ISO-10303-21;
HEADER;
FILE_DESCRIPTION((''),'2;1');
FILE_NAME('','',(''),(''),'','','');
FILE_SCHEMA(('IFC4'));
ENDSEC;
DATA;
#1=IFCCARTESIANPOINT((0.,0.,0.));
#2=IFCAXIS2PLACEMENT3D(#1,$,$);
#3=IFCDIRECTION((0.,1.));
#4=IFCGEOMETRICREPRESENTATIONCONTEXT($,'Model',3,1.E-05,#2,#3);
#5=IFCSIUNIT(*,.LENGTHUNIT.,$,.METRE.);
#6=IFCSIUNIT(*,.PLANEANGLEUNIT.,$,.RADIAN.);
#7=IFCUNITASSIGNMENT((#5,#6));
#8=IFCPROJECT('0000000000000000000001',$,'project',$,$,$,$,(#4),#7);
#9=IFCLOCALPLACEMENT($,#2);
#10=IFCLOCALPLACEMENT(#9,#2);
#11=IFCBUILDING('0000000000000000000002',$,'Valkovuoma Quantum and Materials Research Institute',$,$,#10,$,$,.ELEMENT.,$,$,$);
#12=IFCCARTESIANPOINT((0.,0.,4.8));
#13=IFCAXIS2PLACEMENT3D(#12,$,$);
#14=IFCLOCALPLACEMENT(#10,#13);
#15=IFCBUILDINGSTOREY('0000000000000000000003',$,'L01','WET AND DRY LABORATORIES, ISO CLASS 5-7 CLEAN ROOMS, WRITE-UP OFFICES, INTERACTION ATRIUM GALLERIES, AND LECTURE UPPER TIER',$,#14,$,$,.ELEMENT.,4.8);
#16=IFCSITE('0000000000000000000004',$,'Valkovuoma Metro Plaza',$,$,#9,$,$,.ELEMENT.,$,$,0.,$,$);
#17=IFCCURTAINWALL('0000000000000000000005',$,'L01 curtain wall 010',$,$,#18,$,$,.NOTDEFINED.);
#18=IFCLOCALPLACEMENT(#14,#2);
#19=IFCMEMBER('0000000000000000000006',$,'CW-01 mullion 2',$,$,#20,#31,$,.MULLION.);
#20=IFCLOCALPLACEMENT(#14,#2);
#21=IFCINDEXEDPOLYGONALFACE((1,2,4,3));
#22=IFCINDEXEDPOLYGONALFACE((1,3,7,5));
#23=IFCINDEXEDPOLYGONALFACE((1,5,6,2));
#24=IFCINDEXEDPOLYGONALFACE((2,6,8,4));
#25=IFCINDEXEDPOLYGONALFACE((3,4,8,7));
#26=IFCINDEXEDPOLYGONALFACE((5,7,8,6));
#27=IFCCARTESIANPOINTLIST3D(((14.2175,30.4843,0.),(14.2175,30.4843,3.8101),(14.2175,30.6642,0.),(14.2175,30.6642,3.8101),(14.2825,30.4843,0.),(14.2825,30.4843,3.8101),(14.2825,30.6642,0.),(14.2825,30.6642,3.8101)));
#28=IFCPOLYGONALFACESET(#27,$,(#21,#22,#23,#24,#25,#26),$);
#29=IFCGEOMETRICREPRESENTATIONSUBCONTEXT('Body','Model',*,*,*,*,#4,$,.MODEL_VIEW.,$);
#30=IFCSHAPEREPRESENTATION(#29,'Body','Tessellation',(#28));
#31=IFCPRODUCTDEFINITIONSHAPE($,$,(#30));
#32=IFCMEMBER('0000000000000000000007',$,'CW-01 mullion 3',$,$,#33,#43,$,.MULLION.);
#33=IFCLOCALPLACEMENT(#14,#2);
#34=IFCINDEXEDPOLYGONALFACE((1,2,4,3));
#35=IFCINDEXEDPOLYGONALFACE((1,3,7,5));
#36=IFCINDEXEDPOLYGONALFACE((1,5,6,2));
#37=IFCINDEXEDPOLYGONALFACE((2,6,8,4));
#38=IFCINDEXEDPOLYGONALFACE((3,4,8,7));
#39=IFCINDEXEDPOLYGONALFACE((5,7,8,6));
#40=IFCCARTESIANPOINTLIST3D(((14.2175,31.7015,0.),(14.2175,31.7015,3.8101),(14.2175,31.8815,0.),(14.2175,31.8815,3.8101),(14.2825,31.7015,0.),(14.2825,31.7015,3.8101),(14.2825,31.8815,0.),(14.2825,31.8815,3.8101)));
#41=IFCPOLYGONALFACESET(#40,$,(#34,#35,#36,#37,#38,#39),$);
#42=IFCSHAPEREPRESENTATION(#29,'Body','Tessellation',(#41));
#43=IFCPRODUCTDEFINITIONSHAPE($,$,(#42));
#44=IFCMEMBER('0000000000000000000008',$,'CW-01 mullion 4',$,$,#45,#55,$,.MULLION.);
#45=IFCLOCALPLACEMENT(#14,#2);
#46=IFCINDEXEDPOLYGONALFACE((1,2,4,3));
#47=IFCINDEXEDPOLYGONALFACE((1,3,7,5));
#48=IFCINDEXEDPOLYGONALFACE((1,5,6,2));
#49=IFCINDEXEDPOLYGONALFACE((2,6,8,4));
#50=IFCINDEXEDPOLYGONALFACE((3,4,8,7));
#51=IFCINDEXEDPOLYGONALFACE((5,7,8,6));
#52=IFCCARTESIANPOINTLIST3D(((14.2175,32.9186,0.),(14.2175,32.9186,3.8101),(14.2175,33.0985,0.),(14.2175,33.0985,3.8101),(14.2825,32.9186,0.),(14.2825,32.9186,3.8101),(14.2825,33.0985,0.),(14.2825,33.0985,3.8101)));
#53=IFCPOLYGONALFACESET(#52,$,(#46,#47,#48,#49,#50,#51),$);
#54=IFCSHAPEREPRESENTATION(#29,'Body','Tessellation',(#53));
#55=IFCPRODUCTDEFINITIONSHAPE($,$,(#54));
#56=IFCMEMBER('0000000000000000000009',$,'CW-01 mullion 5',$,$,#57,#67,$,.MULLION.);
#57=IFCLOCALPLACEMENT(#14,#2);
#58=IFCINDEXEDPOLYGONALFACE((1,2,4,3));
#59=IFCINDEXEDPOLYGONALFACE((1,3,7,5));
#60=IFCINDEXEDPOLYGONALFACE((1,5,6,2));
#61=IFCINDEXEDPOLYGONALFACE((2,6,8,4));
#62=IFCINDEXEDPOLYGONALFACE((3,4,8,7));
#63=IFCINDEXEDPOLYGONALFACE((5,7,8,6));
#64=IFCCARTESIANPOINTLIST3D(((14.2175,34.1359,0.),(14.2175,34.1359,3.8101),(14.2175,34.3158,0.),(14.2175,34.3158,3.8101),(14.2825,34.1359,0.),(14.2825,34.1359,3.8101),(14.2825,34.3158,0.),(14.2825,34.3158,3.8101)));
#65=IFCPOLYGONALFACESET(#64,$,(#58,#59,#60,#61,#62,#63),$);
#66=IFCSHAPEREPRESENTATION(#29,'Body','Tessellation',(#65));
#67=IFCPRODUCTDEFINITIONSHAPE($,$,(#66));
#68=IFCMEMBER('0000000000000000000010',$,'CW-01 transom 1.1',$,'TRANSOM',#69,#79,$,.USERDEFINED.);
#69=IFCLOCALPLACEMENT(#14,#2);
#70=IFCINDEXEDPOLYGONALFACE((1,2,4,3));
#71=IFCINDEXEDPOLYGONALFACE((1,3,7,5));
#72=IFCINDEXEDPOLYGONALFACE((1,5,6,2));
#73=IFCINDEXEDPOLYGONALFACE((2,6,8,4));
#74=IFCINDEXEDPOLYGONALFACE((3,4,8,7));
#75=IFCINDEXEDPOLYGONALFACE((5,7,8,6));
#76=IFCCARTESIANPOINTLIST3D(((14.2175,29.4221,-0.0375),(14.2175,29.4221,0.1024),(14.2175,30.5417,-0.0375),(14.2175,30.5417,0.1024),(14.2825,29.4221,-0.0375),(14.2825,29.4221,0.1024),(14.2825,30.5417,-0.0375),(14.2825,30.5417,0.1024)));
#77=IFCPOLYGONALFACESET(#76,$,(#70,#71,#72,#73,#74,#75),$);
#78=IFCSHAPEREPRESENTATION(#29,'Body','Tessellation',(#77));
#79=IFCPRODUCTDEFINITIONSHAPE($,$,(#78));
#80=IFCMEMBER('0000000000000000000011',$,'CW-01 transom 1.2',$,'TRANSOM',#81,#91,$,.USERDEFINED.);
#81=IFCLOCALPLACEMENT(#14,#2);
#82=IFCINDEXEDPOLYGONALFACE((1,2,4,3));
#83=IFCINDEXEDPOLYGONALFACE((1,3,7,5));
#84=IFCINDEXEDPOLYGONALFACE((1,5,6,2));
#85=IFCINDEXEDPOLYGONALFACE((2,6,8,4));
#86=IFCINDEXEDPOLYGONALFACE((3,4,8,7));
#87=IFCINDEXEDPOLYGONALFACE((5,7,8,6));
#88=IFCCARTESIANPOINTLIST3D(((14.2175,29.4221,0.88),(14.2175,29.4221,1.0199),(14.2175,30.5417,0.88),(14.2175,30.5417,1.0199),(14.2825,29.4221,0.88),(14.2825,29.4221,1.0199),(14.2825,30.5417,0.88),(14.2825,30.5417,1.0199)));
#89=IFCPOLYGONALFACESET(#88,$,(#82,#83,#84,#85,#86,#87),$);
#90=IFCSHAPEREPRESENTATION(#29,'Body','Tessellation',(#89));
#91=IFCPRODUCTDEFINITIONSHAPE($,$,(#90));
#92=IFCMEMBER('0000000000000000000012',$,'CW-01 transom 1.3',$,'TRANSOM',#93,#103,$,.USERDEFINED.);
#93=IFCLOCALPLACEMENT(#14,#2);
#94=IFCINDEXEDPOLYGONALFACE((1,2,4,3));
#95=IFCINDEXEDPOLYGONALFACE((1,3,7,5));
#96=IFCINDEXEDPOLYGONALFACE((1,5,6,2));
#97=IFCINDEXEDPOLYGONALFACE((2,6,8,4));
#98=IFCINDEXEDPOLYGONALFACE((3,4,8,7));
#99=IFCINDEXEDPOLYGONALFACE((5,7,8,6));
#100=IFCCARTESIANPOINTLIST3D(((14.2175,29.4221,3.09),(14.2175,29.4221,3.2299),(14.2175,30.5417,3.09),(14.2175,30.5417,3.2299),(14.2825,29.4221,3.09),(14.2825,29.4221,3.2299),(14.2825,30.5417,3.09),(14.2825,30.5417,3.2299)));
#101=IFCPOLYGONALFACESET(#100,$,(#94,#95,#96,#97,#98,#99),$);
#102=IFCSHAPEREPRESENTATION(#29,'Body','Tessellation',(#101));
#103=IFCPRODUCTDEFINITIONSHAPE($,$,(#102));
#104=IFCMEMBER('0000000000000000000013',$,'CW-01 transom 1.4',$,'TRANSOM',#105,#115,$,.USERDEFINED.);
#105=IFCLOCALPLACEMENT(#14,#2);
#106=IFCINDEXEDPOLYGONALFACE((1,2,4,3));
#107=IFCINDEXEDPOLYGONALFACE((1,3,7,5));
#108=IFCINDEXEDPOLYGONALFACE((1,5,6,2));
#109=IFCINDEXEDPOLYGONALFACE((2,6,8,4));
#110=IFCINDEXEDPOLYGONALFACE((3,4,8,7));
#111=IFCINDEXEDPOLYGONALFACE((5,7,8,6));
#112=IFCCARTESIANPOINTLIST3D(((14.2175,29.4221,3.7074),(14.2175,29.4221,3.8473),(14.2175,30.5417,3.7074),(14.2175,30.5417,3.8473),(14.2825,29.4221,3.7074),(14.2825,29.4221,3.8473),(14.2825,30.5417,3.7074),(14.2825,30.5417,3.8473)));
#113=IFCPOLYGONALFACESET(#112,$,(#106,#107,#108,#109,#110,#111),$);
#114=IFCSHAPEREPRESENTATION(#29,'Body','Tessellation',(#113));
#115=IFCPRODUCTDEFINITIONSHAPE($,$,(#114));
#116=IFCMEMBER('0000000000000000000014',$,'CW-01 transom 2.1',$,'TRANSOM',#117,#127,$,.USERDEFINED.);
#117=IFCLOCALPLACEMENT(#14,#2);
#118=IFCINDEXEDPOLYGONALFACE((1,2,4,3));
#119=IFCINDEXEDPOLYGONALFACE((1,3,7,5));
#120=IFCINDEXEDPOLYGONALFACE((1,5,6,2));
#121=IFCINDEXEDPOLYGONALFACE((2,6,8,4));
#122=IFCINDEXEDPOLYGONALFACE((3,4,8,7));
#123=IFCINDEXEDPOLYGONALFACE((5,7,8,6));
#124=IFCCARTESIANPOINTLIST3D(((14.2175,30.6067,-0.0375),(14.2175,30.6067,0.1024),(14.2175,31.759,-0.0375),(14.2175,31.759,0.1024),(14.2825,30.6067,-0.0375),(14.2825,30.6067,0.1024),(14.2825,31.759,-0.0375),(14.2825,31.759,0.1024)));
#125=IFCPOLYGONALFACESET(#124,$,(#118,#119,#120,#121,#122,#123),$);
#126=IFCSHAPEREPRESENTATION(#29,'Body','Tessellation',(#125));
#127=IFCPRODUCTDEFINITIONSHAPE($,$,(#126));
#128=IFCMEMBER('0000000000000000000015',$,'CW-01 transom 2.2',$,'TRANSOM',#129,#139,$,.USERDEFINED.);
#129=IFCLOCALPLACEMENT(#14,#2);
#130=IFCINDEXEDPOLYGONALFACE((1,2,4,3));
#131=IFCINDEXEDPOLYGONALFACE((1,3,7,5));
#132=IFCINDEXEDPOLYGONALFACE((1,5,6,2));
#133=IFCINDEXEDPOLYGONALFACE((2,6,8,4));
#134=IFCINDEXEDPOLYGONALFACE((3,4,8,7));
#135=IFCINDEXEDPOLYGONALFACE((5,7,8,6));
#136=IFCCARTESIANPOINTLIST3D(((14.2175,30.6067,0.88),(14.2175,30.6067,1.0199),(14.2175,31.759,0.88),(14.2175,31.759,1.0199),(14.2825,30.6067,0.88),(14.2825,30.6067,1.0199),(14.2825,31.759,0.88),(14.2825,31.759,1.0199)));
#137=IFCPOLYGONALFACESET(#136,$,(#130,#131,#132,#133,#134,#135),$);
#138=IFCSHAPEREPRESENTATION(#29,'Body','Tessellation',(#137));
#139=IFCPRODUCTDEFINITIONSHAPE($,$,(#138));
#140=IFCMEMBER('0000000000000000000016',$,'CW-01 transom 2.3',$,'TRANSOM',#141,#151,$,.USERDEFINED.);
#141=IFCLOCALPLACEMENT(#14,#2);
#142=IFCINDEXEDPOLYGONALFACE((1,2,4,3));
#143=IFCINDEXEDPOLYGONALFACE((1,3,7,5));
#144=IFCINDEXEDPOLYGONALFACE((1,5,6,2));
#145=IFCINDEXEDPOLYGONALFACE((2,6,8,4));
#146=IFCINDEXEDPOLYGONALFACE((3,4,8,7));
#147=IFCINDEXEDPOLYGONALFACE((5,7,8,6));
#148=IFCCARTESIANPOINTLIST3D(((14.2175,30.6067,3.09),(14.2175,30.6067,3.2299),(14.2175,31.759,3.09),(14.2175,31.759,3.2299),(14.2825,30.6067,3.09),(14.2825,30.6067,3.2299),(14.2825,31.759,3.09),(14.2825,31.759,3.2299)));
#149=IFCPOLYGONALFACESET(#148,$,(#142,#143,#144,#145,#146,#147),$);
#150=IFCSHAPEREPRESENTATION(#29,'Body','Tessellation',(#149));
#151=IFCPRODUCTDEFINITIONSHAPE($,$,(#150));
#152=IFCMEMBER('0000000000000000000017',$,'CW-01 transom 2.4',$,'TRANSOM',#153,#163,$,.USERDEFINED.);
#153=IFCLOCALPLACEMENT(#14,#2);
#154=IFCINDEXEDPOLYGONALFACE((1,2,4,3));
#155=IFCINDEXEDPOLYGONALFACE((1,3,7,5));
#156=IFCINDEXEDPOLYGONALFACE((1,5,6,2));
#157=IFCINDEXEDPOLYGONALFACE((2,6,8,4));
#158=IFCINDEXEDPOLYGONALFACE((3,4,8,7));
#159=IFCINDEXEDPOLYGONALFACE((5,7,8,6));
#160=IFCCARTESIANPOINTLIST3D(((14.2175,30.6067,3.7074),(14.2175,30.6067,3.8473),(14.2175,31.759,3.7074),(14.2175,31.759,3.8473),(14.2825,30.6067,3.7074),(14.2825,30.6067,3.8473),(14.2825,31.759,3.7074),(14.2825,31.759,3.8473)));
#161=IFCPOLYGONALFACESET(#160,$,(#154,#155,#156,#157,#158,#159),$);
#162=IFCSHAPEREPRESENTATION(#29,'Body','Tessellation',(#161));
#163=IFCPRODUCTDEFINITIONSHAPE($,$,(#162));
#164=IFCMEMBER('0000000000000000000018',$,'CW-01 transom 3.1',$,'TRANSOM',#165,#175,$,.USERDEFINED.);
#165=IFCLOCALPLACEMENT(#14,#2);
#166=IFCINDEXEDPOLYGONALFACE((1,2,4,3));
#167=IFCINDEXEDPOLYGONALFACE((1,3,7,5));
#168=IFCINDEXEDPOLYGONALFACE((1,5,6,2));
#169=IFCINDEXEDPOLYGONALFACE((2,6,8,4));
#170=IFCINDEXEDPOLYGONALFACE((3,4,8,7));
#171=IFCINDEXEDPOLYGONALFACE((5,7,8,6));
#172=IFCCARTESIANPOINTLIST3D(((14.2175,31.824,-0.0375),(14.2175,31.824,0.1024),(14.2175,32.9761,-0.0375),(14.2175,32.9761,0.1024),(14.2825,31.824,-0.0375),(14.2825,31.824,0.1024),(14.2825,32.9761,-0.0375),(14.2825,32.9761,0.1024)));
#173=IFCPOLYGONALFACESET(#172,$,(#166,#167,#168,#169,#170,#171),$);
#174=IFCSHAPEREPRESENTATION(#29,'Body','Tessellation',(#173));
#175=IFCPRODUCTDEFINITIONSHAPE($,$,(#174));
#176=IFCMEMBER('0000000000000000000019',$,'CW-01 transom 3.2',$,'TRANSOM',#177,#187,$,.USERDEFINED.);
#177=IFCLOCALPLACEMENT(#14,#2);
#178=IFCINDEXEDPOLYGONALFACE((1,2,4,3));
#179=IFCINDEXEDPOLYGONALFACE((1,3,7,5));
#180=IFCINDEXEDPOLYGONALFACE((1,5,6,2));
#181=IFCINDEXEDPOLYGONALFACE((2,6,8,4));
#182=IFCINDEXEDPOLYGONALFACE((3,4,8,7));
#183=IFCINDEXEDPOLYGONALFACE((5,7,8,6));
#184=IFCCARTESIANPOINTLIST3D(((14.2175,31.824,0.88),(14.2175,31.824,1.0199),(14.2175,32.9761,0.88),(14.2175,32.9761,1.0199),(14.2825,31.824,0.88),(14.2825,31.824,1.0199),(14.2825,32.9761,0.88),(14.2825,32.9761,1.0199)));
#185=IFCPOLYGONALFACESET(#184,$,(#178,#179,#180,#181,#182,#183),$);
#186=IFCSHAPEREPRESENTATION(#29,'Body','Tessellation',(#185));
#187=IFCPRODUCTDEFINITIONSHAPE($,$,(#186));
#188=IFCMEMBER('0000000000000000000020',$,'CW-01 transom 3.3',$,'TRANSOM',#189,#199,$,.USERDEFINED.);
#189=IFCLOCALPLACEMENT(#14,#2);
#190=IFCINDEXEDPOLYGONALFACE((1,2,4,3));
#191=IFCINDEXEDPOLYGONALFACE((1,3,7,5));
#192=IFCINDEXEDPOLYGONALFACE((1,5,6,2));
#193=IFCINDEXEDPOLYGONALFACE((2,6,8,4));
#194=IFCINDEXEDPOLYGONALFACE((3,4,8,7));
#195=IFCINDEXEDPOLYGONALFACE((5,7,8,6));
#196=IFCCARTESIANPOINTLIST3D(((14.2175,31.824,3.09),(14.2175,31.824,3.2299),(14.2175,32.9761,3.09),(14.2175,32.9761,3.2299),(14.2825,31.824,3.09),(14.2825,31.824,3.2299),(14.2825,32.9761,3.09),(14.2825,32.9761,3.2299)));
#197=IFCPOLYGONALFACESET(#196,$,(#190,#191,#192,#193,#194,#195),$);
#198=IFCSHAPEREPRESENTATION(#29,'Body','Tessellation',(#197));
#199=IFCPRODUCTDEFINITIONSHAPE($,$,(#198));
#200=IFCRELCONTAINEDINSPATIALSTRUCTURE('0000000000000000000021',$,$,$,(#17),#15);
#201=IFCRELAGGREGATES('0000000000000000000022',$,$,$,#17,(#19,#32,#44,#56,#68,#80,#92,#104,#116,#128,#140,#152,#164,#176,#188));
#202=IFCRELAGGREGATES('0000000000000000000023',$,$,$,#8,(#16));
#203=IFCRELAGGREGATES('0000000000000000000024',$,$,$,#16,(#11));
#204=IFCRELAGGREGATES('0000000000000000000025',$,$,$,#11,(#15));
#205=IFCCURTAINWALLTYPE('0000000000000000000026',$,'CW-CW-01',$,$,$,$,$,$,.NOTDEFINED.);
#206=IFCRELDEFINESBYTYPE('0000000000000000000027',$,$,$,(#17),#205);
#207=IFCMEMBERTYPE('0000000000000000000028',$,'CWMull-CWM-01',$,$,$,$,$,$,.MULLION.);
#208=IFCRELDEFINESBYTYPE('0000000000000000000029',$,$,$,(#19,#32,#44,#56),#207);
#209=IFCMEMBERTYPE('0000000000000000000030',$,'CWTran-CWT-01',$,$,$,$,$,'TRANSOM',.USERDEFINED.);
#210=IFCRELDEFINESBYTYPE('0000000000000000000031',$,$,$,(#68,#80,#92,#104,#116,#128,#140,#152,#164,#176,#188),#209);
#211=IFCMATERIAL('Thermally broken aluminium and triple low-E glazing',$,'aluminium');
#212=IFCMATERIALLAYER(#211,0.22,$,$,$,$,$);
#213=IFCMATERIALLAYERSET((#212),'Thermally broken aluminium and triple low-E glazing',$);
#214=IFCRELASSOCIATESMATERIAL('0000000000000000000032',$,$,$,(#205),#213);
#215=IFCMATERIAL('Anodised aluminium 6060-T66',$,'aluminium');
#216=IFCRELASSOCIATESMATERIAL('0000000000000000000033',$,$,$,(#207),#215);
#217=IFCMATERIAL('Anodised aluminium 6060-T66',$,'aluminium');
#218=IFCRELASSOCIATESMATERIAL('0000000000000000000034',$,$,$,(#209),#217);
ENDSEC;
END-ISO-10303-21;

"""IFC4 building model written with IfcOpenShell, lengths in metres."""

from ifc_helpers import new_model, si_unit, direction, frame, origin, origin_2d, place, context, subcontext, project, spatial, rectangle, extrude, material, layer, layer_set, material_profile, profile_set, type_object, element, aggregate, save


model = new_model("IFC4")

# Units and contexts
model_context = context("Model", 3, precision=1e-05, world=origin(), true_north=direction((0.0, 1.0)))
body_context = subcontext(model_context, "Body", "Model", "MODEL_VIEW")
ifc_project = project(units=[si_unit("LENGTHUNIT", "METRE"), si_unit("PLANEANGLEUNIT", "RADIAN")], contexts=[model_context])

# Site, building, storey
site_placement = place(None, origin())
site = spatial("IfcSite", under=ifc_project, at=site_placement, Name="Valkovuoma Metro Plaza", CompositionType="ELEMENT", RefElevation=0.0)
building_placement = place(site_placement, origin())
building = spatial("IfcBuilding", under=site, at=building_placement, Name="Valkovuoma Quantum and Materials Research Institute", CompositionType="ELEMENT")
storey_placement = place(building_placement, frame((0.0, 0.0, 4.8)))
storey = spatial("IfcBuildingStorey", under=building, at=storey_placement, Name="L01", Description="WET AND DRY LABORATORIES, ISO CLASS 5-7 CLEAN ROOMS, WRITE-UP OFFICES, INTERACTION ATRIUM GALLERIES, AND LECTURE UPPER TIER", CompositionType="ELEMENT", Elevation=4.8)

# Curtain wall, members
ifc_material_1 = material(Name="Thermally broken aluminium and triple low-E glazing", Category="aluminium")
ifc_layer_1 = layer(ifc_material_1, 0.22)
ifc_layer_set_1 = layer_set([ifc_layer_1], Name="Thermally broken aluminium and triple low-E glazing")
curtain_wall_type = type_object("IfcCurtainWallType", Name="CW-CW-01", PredefinedType="NOTDEFINED", material=ifc_layer_set_1)
curtain_wall_placement = place(storey_placement, origin())
curtain_wall = element("IfcCurtainWall", 1, at=curtain_wall_placement, inside=storey, type_object=curtain_wall_type, Name="L01 curtain wall 010", PredefinedType="NOTDEFINED")
ifc_material_2 = material(Name="Anodised aluminium 6060-T66", Category="aluminium")
ifc_material_profile_1 = material_profile(ifc_material_2, rectangle(XDim=0.0649, YDim=0.1799, at=origin_2d()), Name="Anodised aluminium 6060-T66")
ifc_profile_set_1 = profile_set([ifc_material_profile_1], Name="Anodised aluminium 6060-T66")
member_type_1 = type_object("IfcMemberType", Name="CWMull-CWM-01", PredefinedType="MULLION", material=ifc_profile_set_1)
member_1_placement = place(storey_placement, frame((14.25, 30.5742, 0.0), z_axis=(0.0, 0.0, 1.0), x_axis=(-1.0, 0.0, 0.0)))
member_1 = element("IfcMember", 2, at=member_1_placement, type_object=member_type_1, Name="CW-01 mullion 2", PredefinedType="MULLION", context=body_context, shape_type="SweptSolid", body=[
    extrude(rectangle(XDim=0.0649, YDim=0.1799, at=origin_2d()), origin(), (0.0, 0.0, 1.0), 3.8101),
])
member_2_placement = place(storey_placement, frame((14.25, 31.7915, 0.0), z_axis=(0.0, 0.0, 1.0), x_axis=(-1.0, 0.0, 0.0)))
member_2 = element("IfcMember", 3, at=member_2_placement, type_object=member_type_1, Name="CW-01 mullion 3", PredefinedType="MULLION", context=body_context, shape_type="SweptSolid", body=[
    extrude(rectangle(XDim=0.0649, YDim=0.1799, at=origin_2d()), origin(), (0.0, 0.0, 1.0), 3.8101),
])
member_3_placement = place(storey_placement, frame((14.25, 33.0085, 0.0), z_axis=(0.0, 0.0, 1.0), x_axis=(-1.0, 0.0, 0.0)))
member_3 = element("IfcMember", 4, at=member_3_placement, type_object=member_type_1, Name="CW-01 mullion 4", PredefinedType="MULLION", context=body_context, shape_type="SweptSolid", body=[
    extrude(rectangle(XDim=0.0649, YDim=0.1799, at=origin_2d()), origin(), (0.0, 0.0, 1.0), 3.8101),
])
member_4_placement = place(storey_placement, frame((14.25, 34.2258, 0.0), z_axis=(0.0, 0.0, 1.0), x_axis=(-1.0, 0.0, 0.0)))
member_4 = element("IfcMember", 5, at=member_4_placement, type_object=member_type_1, Name="CW-01 mullion 5", PredefinedType="MULLION", context=body_context, shape_type="SweptSolid", body=[
    extrude(rectangle(XDim=0.0649, YDim=0.1799, at=origin_2d()), origin(), (0.0, 0.0, 1.0), 3.8101),
])
ifc_material_3 = material(Name="Anodised aluminium 6060-T66", Category="aluminium")
ifc_material_profile_2 = material_profile(ifc_material_3, rectangle(XDim=0.0649, YDim=0.1399, at=origin_2d()), Name="Anodised aluminium 6060-T66")
ifc_profile_set_2 = profile_set([ifc_material_profile_2], Name="Anodised aluminium 6060-T66")
member_type_2 = type_object("IfcMemberType", Name="CWTran-CWT-01", ElementType="TRANSOM", PredefinedType="USERDEFINED", material=ifc_profile_set_2)
member_5_placement = place(storey_placement, frame((14.25, 29.4221, 0.0325), z_axis=(0.0, 1.0, 0.0), x_axis=(-1.0, 0.0, 0.0)))
member_5 = element("IfcMember", 6, at=member_5_placement, type_object=member_type_2, Name="CW-01 transom 1.1", ObjectType="TRANSOM", PredefinedType="USERDEFINED", context=body_context, shape_type="SweptSolid", body=[
    extrude(rectangle(XDim=0.0649, YDim=0.1399, at=origin_2d()), origin(), (0.0, 0.0, 1.0), 1.1196),
])
member_6_placement = place(storey_placement, frame((14.25, 29.4221, 0.95), z_axis=(0.0, 1.0, 0.0), x_axis=(-1.0, 0.0, 0.0)))
member_6 = element("IfcMember", 7, at=member_6_placement, type_object=member_type_2, Name="CW-01 transom 1.2", ObjectType="TRANSOM", PredefinedType="USERDEFINED", context=body_context, shape_type="SweptSolid", body=[
    extrude(rectangle(XDim=0.0649, YDim=0.1399, at=origin_2d()), origin(), (0.0, 0.0, 1.0), 1.1196),
])
member_7_placement = place(storey_placement, frame((14.25, 29.4221, 3.1599), z_axis=(0.0, 1.0, 0.0), x_axis=(-1.0, 0.0, 0.0)))
member_7 = element("IfcMember", 8, at=member_7_placement, type_object=member_type_2, Name="CW-01 transom 1.3", ObjectType="TRANSOM", PredefinedType="USERDEFINED", context=body_context, shape_type="SweptSolid", body=[
    extrude(rectangle(XDim=0.0649, YDim=0.1399, at=origin_2d()), origin(), (0.0, 0.0, 1.0), 1.1196),
])
member_8_placement = place(storey_placement, frame((14.25, 29.4221, 3.7773), z_axis=(0.0, 1.0, 0.0), x_axis=(-1.0, 0.0, 0.0)))
member_8 = element("IfcMember", 9, at=member_8_placement, type_object=member_type_2, Name="CW-01 transom 1.4", ObjectType="TRANSOM", PredefinedType="USERDEFINED", context=body_context, shape_type="SweptSolid", body=[
    extrude(rectangle(XDim=0.0649, YDim=0.1399, at=origin_2d()), origin(), (0.0, 0.0, 1.0), 1.1196),
])
member_9_placement = place(storey_placement, frame((14.25, 30.6067, 0.0325), z_axis=(0.0, 1.0, 0.0), x_axis=(-1.0, 0.0, 0.0)))
member_9 = element("IfcMember", 10, at=member_9_placement, type_object=member_type_2, Name="CW-01 transom 2.1", ObjectType="TRANSOM", PredefinedType="USERDEFINED", context=body_context, shape_type="SweptSolid", body=[
    extrude(rectangle(XDim=0.0649, YDim=0.1399, at=origin_2d()), origin(), (0.0, 0.0, 1.0), 1.1523),
])
member_10_placement = place(storey_placement, frame((14.25, 30.6067, 0.95), z_axis=(0.0, 1.0, 0.0), x_axis=(-1.0, 0.0, 0.0)))
member_10 = element("IfcMember", 11, at=member_10_placement, type_object=member_type_2, Name="CW-01 transom 2.2", ObjectType="TRANSOM", PredefinedType="USERDEFINED", context=body_context, shape_type="SweptSolid", body=[
    extrude(rectangle(XDim=0.0649, YDim=0.1399, at=origin_2d()), origin(), (0.0, 0.0, 1.0), 1.1523),
])
member_11_placement = place(storey_placement, frame((14.25, 30.6067, 3.1599), z_axis=(0.0, 1.0, 0.0), x_axis=(-1.0, 0.0, 0.0)))
member_11 = element("IfcMember", 12, at=member_11_placement, type_object=member_type_2, Name="CW-01 transom 2.3", ObjectType="TRANSOM", PredefinedType="USERDEFINED", context=body_context, shape_type="SweptSolid", body=[
    extrude(rectangle(XDim=0.0649, YDim=0.1399, at=origin_2d()), origin(), (0.0, 0.0, 1.0), 1.1523),
])
member_12_placement = place(storey_placement, frame((14.25, 30.6067, 3.7773), z_axis=(0.0, 1.0, 0.0), x_axis=(-1.0, 0.0, 0.0)))
member_12 = element("IfcMember", 13, at=member_12_placement, type_object=member_type_2, Name="CW-01 transom 2.4", ObjectType="TRANSOM", PredefinedType="USERDEFINED", context=body_context, shape_type="SweptSolid", body=[
    extrude(rectangle(XDim=0.0649, YDim=0.1399, at=origin_2d()), origin(), (0.0, 0.0, 1.0), 1.1523),
])
member_13_placement = place(storey_placement, frame((14.25, 31.824, 0.0325), z_axis=(0.0, 1.0, 0.0), x_axis=(-1.0, 0.0, 0.0)))
member_13 = element("IfcMember", 14, at=member_13_placement, type_object=member_type_2, Name="CW-01 transom 3.1", ObjectType="TRANSOM", PredefinedType="USERDEFINED", context=body_context, shape_type="SweptSolid", body=[
    extrude(rectangle(XDim=0.0649, YDim=0.1399, at=origin_2d()), origin(), (0.0, 0.0, 1.0), 1.1521),
])
member_14_placement = place(storey_placement, frame((14.25, 31.824, 0.95), z_axis=(0.0, 1.0, 0.0), x_axis=(-1.0, 0.0, 0.0)))
member_14 = element("IfcMember", 15, at=member_14_placement, type_object=member_type_2, Name="CW-01 transom 3.2", ObjectType="TRANSOM", PredefinedType="USERDEFINED", context=body_context, shape_type="SweptSolid", body=[
    extrude(rectangle(XDim=0.0649, YDim=0.1399, at=origin_2d()), origin(), (0.0, 0.0, 1.0), 1.1521),
])
member_15_placement = place(storey_placement, frame((14.25, 31.824, 3.1599), z_axis=(0.0, 1.0, 0.0), x_axis=(-1.0, 0.0, 0.0)))
member_15 = element("IfcMember", 16, at=member_15_placement, type_object=member_type_2, Name="CW-01 transom 3.3", ObjectType="TRANSOM", PredefinedType="USERDEFINED", context=body_context, shape_type="SweptSolid", body=[
    extrude(rectangle(XDim=0.0649, YDim=0.1399, at=origin_2d()), origin(), (0.0, 0.0, 1.0), 1.1521),
])
aggregate(curtain_wall, [member_1, member_2, member_3, member_4, member_5, member_6, member_7, member_8, member_9, member_10, member_11, member_12, member_13, member_14, member_15])

save(model, "model.ifc")
